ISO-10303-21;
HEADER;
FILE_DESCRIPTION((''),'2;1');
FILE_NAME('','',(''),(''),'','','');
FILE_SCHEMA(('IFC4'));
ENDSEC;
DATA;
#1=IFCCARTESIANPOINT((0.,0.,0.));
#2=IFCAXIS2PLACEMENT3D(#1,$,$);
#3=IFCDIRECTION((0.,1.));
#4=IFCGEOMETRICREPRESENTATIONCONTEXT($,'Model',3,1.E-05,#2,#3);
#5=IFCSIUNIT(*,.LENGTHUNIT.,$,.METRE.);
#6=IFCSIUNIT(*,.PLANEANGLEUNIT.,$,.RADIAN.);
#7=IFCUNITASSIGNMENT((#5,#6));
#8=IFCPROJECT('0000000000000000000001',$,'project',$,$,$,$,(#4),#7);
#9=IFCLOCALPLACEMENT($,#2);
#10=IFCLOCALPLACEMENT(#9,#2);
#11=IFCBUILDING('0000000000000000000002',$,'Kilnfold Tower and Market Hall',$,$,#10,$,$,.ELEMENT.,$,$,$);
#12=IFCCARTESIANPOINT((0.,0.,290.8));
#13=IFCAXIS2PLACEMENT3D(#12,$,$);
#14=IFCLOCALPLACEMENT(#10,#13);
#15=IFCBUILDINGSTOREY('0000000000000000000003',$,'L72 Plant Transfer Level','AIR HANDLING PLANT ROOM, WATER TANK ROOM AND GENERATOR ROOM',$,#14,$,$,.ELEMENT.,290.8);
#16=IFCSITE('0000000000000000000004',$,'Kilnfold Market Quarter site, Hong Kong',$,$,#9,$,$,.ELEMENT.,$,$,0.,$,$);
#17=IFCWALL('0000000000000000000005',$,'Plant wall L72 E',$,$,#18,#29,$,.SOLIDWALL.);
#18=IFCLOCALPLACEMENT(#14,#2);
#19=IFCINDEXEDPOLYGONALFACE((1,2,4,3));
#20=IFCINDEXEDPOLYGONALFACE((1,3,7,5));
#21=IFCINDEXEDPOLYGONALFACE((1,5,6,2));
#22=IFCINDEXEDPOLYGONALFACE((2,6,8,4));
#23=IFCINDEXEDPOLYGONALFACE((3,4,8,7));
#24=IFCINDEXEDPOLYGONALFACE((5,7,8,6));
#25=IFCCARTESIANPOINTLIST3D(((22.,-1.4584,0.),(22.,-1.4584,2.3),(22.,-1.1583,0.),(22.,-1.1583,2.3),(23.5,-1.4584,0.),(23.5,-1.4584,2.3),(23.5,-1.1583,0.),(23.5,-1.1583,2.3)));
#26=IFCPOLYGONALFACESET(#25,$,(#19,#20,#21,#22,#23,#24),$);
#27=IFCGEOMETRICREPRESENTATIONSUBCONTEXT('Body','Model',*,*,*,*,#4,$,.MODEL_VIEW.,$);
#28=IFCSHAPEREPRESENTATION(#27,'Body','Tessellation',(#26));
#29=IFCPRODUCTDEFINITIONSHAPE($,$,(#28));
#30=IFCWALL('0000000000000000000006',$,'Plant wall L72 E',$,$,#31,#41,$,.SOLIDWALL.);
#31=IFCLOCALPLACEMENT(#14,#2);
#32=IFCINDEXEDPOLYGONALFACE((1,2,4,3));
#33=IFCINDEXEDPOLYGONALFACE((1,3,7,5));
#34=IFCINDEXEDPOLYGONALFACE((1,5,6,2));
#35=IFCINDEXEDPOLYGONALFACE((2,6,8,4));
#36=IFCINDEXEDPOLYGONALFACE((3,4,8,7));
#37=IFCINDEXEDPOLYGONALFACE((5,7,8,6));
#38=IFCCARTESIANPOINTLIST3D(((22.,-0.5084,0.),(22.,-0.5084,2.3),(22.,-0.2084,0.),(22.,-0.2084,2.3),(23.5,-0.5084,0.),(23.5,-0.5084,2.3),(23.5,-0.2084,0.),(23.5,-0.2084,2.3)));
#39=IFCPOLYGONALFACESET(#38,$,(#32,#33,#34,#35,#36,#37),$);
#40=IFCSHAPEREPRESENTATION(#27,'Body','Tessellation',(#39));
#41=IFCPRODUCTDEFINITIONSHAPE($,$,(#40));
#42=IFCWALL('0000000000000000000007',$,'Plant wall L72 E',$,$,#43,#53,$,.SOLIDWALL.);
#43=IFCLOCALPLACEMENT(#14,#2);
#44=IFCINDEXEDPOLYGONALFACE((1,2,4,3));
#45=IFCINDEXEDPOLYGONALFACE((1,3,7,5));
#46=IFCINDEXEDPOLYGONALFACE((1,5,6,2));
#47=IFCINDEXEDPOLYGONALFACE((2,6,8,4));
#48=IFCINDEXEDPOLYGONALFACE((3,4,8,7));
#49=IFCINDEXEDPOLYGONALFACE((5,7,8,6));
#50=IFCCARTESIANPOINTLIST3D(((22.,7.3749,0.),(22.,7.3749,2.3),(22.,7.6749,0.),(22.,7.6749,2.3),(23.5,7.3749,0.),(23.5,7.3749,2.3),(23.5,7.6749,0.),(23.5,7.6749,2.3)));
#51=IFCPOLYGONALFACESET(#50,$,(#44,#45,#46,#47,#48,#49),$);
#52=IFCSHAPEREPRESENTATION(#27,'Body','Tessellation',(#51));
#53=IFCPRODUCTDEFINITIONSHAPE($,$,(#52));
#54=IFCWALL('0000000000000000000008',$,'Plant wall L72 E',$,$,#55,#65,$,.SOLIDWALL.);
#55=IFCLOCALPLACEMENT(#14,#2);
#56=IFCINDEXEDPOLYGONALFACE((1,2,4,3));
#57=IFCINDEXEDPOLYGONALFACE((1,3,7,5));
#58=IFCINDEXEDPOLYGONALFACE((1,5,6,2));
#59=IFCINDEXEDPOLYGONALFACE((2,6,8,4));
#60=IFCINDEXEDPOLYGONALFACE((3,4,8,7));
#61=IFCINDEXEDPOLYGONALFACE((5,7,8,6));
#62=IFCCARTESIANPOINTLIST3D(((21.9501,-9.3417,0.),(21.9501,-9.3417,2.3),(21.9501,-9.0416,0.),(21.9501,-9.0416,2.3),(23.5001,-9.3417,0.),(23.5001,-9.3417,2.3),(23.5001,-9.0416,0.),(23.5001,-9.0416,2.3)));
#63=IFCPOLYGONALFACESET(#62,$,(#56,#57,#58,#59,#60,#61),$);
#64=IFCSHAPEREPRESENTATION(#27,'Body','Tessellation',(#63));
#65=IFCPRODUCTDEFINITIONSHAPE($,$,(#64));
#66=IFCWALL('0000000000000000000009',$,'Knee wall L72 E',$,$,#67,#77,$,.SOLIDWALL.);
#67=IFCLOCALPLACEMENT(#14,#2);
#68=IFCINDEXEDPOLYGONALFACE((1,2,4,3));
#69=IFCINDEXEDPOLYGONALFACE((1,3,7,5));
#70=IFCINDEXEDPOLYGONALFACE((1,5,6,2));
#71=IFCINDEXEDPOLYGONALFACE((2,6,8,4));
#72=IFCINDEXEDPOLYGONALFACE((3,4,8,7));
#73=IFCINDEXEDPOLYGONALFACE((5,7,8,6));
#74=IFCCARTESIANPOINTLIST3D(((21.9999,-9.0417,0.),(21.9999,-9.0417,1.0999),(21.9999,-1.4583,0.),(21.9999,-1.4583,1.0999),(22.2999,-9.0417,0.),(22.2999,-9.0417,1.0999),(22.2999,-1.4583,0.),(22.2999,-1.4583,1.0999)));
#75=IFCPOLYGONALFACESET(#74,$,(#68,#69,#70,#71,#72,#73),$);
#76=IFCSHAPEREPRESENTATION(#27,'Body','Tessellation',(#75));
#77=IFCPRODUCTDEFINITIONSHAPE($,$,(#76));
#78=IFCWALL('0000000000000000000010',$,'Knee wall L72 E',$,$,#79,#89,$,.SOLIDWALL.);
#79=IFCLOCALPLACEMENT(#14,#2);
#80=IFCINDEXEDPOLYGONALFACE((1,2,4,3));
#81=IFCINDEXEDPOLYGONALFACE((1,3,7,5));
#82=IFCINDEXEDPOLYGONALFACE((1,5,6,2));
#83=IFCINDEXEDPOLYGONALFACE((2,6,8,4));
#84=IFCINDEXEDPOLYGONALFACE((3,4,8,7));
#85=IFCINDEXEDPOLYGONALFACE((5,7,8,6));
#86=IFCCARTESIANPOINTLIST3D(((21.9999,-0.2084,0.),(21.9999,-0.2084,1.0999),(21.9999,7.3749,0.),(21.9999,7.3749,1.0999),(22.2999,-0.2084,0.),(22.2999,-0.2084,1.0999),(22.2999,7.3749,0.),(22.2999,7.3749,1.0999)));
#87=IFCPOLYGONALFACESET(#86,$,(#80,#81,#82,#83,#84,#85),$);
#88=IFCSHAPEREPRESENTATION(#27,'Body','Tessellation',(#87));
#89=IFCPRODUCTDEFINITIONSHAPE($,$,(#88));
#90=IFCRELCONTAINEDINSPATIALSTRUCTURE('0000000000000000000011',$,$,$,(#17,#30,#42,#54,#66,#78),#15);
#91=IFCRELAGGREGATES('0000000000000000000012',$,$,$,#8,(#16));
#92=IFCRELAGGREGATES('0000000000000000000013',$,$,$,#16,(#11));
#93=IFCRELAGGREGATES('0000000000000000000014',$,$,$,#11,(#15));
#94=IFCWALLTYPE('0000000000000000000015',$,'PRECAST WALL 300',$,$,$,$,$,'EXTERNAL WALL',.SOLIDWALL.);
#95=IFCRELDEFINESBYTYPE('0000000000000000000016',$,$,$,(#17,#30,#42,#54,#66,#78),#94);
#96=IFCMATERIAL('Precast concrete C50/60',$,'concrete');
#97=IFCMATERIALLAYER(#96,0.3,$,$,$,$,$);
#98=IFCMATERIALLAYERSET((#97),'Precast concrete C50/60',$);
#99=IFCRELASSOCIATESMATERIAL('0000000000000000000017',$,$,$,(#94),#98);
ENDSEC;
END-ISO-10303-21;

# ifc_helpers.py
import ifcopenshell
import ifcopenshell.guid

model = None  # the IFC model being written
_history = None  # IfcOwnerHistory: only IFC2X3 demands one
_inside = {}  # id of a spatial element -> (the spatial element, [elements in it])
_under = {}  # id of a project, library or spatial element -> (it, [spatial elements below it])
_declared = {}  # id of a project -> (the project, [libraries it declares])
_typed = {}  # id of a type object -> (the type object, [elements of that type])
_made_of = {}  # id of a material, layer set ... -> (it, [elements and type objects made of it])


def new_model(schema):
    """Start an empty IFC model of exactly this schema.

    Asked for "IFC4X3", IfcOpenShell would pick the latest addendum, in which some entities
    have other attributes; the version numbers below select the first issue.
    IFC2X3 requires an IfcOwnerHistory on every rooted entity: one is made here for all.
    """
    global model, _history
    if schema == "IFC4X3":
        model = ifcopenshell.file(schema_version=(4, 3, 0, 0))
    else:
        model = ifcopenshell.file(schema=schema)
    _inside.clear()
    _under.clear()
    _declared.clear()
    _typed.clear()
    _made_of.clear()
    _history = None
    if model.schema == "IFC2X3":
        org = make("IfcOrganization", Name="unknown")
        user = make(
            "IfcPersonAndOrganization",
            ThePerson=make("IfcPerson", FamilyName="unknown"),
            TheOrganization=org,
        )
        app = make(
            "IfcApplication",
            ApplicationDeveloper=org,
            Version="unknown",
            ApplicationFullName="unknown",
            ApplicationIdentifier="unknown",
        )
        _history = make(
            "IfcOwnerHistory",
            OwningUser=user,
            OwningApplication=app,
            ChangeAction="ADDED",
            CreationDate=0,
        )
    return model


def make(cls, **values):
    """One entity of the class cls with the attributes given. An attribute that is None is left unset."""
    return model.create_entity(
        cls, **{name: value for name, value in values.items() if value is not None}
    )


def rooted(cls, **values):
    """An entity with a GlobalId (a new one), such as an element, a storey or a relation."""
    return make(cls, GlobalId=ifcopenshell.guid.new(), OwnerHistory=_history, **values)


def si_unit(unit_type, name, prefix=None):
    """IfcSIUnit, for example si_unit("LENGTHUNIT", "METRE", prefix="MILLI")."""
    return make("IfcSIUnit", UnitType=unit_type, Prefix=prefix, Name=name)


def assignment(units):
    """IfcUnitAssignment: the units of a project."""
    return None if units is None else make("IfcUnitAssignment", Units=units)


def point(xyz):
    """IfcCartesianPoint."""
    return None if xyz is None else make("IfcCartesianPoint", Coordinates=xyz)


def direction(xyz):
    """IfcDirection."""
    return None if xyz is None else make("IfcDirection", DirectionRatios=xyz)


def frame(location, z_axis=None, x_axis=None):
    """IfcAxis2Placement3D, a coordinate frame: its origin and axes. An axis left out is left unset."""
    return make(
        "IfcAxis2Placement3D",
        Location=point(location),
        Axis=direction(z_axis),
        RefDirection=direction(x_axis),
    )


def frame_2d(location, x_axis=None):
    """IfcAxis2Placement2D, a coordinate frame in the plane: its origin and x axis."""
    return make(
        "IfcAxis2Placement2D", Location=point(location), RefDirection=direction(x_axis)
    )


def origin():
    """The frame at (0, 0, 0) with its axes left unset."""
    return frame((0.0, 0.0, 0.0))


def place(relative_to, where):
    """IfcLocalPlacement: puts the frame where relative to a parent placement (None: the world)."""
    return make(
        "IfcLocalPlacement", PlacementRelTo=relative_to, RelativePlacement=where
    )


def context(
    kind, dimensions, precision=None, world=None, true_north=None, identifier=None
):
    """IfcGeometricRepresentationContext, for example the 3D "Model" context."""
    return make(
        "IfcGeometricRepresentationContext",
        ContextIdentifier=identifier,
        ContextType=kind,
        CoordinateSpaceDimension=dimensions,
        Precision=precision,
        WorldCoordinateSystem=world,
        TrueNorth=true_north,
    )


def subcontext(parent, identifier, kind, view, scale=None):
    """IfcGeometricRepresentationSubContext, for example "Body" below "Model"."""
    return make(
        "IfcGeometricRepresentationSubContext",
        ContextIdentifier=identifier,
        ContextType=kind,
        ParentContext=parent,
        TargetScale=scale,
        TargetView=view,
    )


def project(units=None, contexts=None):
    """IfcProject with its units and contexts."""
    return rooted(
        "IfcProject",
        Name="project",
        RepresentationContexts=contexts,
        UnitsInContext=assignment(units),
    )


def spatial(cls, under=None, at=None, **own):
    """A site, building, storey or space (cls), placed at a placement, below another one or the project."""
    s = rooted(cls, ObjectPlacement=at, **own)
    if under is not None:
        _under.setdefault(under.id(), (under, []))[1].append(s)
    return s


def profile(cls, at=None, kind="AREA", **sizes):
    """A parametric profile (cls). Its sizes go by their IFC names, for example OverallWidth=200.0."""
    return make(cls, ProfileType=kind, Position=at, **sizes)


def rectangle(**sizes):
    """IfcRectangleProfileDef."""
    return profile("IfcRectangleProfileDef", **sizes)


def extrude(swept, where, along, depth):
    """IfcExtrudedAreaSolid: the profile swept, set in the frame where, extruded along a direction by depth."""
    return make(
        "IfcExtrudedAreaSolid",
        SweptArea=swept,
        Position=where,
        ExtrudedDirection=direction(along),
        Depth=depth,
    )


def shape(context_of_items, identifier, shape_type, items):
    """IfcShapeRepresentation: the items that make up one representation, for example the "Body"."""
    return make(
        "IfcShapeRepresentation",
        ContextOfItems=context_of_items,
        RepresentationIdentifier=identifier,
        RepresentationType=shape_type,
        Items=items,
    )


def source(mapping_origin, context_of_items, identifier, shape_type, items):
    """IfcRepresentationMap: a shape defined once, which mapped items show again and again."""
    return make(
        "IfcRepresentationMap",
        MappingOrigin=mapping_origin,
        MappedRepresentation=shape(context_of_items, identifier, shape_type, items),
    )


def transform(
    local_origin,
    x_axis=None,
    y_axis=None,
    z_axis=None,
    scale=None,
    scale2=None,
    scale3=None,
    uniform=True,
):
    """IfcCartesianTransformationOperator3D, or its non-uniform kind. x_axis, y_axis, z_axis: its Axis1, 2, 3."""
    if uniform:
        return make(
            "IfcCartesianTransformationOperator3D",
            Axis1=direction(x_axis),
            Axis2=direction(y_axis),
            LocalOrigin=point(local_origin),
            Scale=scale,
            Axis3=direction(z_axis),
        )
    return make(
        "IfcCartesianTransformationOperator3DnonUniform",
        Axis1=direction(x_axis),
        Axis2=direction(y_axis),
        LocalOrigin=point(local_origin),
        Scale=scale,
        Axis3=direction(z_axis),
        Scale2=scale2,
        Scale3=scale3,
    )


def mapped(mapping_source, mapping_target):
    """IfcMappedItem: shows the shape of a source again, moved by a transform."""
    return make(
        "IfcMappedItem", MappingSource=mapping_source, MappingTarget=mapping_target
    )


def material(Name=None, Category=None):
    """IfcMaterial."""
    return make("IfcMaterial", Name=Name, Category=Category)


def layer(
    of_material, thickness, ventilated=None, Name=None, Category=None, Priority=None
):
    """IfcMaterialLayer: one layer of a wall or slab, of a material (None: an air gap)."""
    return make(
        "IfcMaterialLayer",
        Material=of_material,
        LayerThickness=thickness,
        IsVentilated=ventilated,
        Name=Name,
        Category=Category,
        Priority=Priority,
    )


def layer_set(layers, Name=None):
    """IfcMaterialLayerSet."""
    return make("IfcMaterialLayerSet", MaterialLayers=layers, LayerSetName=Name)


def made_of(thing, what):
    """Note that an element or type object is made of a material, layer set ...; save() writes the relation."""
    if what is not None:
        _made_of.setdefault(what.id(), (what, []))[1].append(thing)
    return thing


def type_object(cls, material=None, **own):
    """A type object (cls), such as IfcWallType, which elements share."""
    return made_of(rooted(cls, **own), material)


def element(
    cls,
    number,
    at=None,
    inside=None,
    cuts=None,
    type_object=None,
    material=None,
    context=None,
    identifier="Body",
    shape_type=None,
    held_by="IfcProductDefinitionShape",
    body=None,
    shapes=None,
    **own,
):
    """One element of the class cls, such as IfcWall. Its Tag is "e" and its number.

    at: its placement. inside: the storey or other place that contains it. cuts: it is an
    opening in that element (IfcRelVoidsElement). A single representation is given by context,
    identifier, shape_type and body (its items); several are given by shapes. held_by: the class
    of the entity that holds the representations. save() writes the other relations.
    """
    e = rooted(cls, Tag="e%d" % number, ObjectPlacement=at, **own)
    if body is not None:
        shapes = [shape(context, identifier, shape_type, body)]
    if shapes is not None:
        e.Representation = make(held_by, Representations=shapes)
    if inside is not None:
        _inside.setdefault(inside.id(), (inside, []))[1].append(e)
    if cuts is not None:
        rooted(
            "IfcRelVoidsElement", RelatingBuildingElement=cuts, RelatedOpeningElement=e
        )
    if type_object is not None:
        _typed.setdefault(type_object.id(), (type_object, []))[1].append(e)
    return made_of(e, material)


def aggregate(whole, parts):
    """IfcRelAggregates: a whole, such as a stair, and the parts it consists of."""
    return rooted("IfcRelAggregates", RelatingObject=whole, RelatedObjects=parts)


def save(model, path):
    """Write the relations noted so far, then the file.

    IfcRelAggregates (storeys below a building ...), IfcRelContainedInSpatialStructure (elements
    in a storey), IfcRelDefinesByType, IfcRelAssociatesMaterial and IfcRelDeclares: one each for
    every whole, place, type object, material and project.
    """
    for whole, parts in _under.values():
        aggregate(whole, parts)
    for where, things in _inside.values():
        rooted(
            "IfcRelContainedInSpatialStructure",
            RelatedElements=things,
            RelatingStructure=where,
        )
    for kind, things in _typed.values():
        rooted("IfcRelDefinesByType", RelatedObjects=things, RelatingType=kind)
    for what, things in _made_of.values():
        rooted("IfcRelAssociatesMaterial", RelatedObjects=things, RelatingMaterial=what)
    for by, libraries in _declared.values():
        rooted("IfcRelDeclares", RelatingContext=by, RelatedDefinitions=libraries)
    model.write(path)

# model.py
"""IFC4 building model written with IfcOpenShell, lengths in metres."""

from ifc_helpers import new_model, si_unit, direction, frame, frame_2d, origin, place, context, subcontext, project, spatial, rectangle, extrude, source, transform, mapped, material, layer, layer_set, type_object, element, save


model = new_model("IFC4")

# Units and contexts
model_context = context("Model", 3, precision=1e-05, world=origin(), true_north=direction((0.0, 1.0)))
body_context = subcontext(model_context, "Body", "Model", "MODEL_VIEW")
ifc_project = project(units=[si_unit("LENGTHUNIT", "METRE"), si_unit("PLANEANGLEUNIT", "RADIAN")], contexts=[model_context])

# Site, building, storey
site_placement = place(None, origin())
site = spatial("IfcSite", under=ifc_project, at=site_placement, Name="Kilnfold Market Quarter site, Hong Kong", CompositionType="ELEMENT", RefElevation=0.0)
building_placement = place(site_placement, origin())
building = spatial("IfcBuilding", under=site, at=building_placement, Name="Kilnfold Tower and Market Hall", CompositionType="ELEMENT")
storey_placement = place(building_placement, frame((0.0, 0.0, 290.8)))
storey = spatial("IfcBuildingStorey", under=building, at=storey_placement, Name="L72 Plant Transfer Level", Description="AIR HANDLING PLANT ROOM, WATER TANK ROOM AND GENERATOR ROOM", CompositionType="ELEMENT", Elevation=290.8)

# Walls
ifc_material_1 = material(Name="Precast concrete C50/60", Category="concrete")
ifc_layer_1 = layer(ifc_material_1, 0.3)
ifc_layer_set_1 = layer_set([ifc_layer_1], Name="Precast concrete C50/60")
wall_type_1 = type_object("IfcWallType", Name="PRECAST WALL 300", ElementType="EXTERNAL WALL", PredefinedType="SOLIDWALL", material=ifc_layer_set_1)
shared_shape_1 = source(origin(), body_context, "Body", "SweptSolid", [
    extrude(rectangle(XDim=1.5, YDim=0.3, at=frame_2d((0.75, 0.0))), origin(), (0.0, 0.0, 1.0), 2.3),
])
for number, where, z_axis, x_axis, name in (
    (1, (23.5, -1.3083, 0.0), (0.0, 0.0, 1.0), (-1.0, 0.0, 0.0), "Plant wall L72 E"),
    (2, (23.5, -0.3584, 0.0), (0.0, 0.0, 1.0), (-1.0, 0.0, 0.0), "Plant wall L72 E"),
    (3, (23.5, 7.5249, 0.0), (0.0, 0.0, 1.0), (-1.0, 0.0, 0.0), "Plant wall L72 E"),
):
    element("IfcWall", number, at=place(storey_placement, frame(where, z_axis=z_axis, x_axis=x_axis)), inside=storey, type_object=wall_type_1, Name=name, PredefinedType="SOLIDWALL", context=body_context, shape_type="MappedRepresentation", body=[
        mapped(shared_shape_1, transform((0.0, 0.0, 0.0))),
    ])
shared_shape_2 = source(origin(), body_context, "Body", "SweptSolid", [
    extrude(rectangle(XDim=1.55, YDim=0.3, at=frame_2d((0.7749, 0.0))), origin(), (0.0, 0.0, 1.0), 2.3),
])
wall_1_placement = place(storey_placement, frame((23.5, -9.1917, 0.0), z_axis=(0.0, 0.0, 1.0), x_axis=(-1.0, 0.0, 0.0)))
element("IfcWall", 4, at=wall_1_placement, inside=storey, type_object=wall_type_1, Name="Plant wall L72 E", PredefinedType="SOLIDWALL", context=body_context, shape_type="MappedRepresentation", body=[
    mapped(shared_shape_2, transform((0.0, 0.0, 0.0))),
])
shared_shape_3 = source(origin(), body_context, "Body", "SweptSolid", [
    extrude(rectangle(XDim=7.5835, YDim=0.3, at=frame_2d((3.7917, 0.0))), origin(), (0.0, 0.0, 1.0), 1.0999),
])
wall_2_placement = place(storey_placement, frame((22.1499, -9.0417, 0.0), z_axis=(0.0, 0.0, 1.0), x_axis=(0.0, 1.0, 0.0)))
element("IfcWall", 5, at=wall_2_placement, inside=storey, type_object=wall_type_1, Name="Knee wall L72 E", PredefinedType="SOLIDWALL", context=body_context, shape_type="MappedRepresentation", body=[
    mapped(shared_shape_3, transform((0.0, 0.0, 0.0))),
])
shared_shape_4 = source(origin(), body_context, "Body", "SweptSolid", [
    extrude(rectangle(XDim=7.5833, YDim=0.3, at=frame_2d((3.7915, 0.0))), origin(), (0.0, 0.0, 1.0), 1.0999),
])
wall_3_placement = place(storey_placement, frame((22.1499, -0.2083, 0.0), z_axis=(0.0, 0.0, 1.0), x_axis=(0.0, 1.0, 0.0)))
element("IfcWall", 6, at=wall_3_placement, inside=storey, type_object=wall_type_1, Name="Knee wall L72 E", PredefinedType="SOLIDWALL", context=body_context, shape_type="MappedRepresentation", body=[
    mapped(shared_shape_4, transform((0.0, 0.0, 0.0))),
])

save(model, "model.ifc")
